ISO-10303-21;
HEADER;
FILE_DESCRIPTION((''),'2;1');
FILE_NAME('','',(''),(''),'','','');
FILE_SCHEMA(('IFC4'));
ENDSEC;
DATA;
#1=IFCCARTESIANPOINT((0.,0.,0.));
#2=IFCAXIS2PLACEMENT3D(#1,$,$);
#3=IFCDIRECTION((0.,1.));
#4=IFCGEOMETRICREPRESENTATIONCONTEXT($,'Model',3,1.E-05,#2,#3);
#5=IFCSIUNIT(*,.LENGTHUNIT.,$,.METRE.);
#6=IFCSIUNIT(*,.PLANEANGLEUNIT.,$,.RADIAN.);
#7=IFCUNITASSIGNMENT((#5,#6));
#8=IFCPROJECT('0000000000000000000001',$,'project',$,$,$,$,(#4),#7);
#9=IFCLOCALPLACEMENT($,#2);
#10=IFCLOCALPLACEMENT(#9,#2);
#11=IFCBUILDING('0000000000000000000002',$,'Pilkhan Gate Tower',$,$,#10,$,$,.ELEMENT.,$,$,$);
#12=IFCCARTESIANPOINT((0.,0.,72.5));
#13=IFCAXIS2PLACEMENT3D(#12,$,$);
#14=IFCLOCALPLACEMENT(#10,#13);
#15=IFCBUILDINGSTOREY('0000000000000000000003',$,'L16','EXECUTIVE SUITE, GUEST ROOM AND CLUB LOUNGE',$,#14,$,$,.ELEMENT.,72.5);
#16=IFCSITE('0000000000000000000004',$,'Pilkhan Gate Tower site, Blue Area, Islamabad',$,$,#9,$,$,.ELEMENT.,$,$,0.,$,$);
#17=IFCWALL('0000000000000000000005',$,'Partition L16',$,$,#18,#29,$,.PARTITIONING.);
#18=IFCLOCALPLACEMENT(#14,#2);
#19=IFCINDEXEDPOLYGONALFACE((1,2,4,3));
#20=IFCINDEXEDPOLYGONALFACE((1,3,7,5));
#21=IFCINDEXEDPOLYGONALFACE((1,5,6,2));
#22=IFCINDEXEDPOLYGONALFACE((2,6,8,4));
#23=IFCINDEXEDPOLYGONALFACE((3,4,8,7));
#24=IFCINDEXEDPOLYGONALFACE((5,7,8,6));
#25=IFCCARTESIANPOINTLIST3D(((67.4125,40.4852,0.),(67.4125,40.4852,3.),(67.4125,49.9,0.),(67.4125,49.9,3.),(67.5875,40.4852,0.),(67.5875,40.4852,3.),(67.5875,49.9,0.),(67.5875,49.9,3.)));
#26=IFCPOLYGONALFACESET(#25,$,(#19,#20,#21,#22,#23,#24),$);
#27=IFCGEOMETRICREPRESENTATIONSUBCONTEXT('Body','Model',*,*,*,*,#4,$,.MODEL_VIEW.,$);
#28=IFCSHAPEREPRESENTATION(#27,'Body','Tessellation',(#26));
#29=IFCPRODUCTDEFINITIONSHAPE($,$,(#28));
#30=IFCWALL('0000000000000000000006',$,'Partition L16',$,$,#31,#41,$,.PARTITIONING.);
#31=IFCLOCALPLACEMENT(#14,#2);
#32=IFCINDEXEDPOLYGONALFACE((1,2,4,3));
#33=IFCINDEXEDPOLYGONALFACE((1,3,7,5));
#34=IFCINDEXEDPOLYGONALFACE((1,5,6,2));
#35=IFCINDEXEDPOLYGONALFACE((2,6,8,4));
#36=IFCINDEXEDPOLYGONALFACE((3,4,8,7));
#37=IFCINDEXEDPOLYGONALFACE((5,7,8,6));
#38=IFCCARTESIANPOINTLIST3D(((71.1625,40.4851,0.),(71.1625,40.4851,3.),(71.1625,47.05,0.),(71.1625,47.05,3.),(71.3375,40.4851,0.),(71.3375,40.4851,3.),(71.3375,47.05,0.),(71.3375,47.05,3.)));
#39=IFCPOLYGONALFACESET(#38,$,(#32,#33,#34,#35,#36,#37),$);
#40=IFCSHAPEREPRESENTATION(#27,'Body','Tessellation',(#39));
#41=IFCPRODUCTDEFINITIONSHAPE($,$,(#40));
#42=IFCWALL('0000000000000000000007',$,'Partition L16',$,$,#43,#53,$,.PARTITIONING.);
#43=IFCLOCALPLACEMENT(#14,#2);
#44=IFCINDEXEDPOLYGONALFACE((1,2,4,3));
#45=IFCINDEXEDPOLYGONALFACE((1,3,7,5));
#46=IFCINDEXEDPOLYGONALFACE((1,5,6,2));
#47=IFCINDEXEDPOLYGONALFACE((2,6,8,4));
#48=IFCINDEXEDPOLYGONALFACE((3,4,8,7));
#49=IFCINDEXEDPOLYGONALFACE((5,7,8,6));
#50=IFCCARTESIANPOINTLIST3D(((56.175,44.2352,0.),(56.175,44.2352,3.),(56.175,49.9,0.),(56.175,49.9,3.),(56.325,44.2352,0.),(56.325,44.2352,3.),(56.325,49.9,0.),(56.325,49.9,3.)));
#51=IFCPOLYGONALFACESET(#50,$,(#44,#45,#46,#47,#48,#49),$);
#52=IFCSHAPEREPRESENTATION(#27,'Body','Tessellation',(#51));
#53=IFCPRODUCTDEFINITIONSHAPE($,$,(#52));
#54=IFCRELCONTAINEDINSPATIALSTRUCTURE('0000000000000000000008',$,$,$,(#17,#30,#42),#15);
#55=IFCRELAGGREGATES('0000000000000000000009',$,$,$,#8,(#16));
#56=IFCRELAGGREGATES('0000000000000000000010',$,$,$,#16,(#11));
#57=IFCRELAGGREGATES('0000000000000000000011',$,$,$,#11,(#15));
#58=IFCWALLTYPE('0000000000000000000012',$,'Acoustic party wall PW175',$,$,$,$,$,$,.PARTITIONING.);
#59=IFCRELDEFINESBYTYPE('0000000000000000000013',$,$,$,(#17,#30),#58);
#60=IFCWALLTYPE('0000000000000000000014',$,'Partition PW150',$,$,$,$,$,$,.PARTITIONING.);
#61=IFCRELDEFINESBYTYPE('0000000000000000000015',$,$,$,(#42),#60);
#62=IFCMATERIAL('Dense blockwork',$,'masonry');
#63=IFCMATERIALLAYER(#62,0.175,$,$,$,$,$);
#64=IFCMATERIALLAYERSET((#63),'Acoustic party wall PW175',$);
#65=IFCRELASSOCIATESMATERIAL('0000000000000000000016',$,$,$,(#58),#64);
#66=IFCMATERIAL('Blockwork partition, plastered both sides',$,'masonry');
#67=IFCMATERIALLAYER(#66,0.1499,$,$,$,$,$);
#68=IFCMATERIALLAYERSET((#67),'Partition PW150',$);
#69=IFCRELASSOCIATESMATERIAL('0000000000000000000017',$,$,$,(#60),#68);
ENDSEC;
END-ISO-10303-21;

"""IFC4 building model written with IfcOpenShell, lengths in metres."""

from ifc_helpers import new_model, si_unit, direction, frame, frame_2d, origin, place, context, subcontext, project, spatial, rectangle, extrude, material, layer, layer_set, type_object, element, save


model = new_model("IFC4")

# Units and contexts
model_context = context("Model", 3, precision=1e-05, world=origin(), true_north=direction((0.0, 1.0)))
body_context = subcontext(model_context, "Body", "Model", "MODEL_VIEW")
ifc_project = project(units=[si_unit("LENGTHUNIT", "METRE"), si_unit("PLANEANGLEUNIT", "RADIAN")], contexts=[model_context])

# Site, building, storey
site_placement = place(None, origin())
site = spatial("IfcSite", under=ifc_project, at=site_placement, Name="Pilkhan Gate Tower site, Blue Area, Islamabad", CompositionType="ELEMENT", RefElevation=0.0)
building_placement = place(site_placement, origin())
building = spatial("IfcBuilding", under=site, at=building_placement, Name="Pilkhan Gate Tower", CompositionType="ELEMENT")
storey_placement = place(building_placement, frame((0.0, 0.0, 72.5)))
storey = spatial("IfcBuildingStorey", under=building, at=storey_placement, Name="L16", Description="EXECUTIVE SUITE, GUEST ROOM AND CLUB LOUNGE", CompositionType="ELEMENT", Elevation=72.5)

# Walls
ifc_material_1 = material(Name="Dense blockwork", Category="masonry")
ifc_layer_1 = layer(ifc_material_1, 0.175)
ifc_layer_set_1 = layer_set([ifc_layer_1], Name="Acoustic party wall PW175")
wall_type_1 = type_object("IfcWallType", Name="Acoustic party wall PW175", PredefinedType="PARTITIONING", material=ifc_layer_set_1)
wall_1_placement = place(storey_placement, frame((67.5, 40.4851, 0.0), z_axis=(0.0, 0.0, 1.0), x_axis=(0.0, 1.0, 0.0)))
element("IfcWall", 1, at=wall_1_placement, inside=storey, type_object=wall_type_1, Name="Partition L16", PredefinedType="PARTITIONING", context=body_context, shape_type="SweptSolid", body=[
    extrude(rectangle(XDim=9.4148, YDim=0.175, at=frame_2d((4.7075, 0.0))), origin(), (0.0, 0.0, 1.0), 3.0),
])
wall_2_placement = place(storey_placement, frame((71.25, 40.4851, 0.0), z_axis=(0.0, 0.0, 1.0), x_axis=(0.0, 1.0, 0.0)))
element("IfcWall", 2, at=wall_2_placement, inside=storey, type_object=wall_type_1, Name="Partition L16", PredefinedType="PARTITIONING", context=body_context, shape_type="SweptSolid", body=[
    extrude(rectangle(XDim=6.5649, YDim=0.175, at=frame_2d((3.2825, 0.0))), origin(), (0.0, 0.0, 1.0), 3.0),
])
ifc_material_2 = material(Name="Blockwork partition, plastered both sides", Category="masonry")
ifc_layer_2 = layer(ifc_material_2, 0.1499)
ifc_layer_set_2 = layer_set([ifc_layer_2], Name="Partition PW150")
wall_type_2 = type_object("IfcWallType", Name="Partition PW150", PredefinedType="PARTITIONING", material=ifc_layer_set_2)
wall_3_placement = place(storey_placement, frame((56.25, 44.2351, 0.0), z_axis=(0.0, 0.0, 1.0), x_axis=(0.0, 1.0, 0.0)))
element("IfcWall", 3, at=wall_3_placement, inside=storey, type_object=wall_type_2, Name="Partition L16", PredefinedType="PARTITIONING", context=body_context, shape_type="SweptSolid", body=[
    extrude(rectangle(XDim=5.6648, YDim=0.1499, at=frame_2d((2.8325, 0.0))), origin(), (0.0, 0.0, 1.0), 3.0),
])

save(model, "model.ifc")
